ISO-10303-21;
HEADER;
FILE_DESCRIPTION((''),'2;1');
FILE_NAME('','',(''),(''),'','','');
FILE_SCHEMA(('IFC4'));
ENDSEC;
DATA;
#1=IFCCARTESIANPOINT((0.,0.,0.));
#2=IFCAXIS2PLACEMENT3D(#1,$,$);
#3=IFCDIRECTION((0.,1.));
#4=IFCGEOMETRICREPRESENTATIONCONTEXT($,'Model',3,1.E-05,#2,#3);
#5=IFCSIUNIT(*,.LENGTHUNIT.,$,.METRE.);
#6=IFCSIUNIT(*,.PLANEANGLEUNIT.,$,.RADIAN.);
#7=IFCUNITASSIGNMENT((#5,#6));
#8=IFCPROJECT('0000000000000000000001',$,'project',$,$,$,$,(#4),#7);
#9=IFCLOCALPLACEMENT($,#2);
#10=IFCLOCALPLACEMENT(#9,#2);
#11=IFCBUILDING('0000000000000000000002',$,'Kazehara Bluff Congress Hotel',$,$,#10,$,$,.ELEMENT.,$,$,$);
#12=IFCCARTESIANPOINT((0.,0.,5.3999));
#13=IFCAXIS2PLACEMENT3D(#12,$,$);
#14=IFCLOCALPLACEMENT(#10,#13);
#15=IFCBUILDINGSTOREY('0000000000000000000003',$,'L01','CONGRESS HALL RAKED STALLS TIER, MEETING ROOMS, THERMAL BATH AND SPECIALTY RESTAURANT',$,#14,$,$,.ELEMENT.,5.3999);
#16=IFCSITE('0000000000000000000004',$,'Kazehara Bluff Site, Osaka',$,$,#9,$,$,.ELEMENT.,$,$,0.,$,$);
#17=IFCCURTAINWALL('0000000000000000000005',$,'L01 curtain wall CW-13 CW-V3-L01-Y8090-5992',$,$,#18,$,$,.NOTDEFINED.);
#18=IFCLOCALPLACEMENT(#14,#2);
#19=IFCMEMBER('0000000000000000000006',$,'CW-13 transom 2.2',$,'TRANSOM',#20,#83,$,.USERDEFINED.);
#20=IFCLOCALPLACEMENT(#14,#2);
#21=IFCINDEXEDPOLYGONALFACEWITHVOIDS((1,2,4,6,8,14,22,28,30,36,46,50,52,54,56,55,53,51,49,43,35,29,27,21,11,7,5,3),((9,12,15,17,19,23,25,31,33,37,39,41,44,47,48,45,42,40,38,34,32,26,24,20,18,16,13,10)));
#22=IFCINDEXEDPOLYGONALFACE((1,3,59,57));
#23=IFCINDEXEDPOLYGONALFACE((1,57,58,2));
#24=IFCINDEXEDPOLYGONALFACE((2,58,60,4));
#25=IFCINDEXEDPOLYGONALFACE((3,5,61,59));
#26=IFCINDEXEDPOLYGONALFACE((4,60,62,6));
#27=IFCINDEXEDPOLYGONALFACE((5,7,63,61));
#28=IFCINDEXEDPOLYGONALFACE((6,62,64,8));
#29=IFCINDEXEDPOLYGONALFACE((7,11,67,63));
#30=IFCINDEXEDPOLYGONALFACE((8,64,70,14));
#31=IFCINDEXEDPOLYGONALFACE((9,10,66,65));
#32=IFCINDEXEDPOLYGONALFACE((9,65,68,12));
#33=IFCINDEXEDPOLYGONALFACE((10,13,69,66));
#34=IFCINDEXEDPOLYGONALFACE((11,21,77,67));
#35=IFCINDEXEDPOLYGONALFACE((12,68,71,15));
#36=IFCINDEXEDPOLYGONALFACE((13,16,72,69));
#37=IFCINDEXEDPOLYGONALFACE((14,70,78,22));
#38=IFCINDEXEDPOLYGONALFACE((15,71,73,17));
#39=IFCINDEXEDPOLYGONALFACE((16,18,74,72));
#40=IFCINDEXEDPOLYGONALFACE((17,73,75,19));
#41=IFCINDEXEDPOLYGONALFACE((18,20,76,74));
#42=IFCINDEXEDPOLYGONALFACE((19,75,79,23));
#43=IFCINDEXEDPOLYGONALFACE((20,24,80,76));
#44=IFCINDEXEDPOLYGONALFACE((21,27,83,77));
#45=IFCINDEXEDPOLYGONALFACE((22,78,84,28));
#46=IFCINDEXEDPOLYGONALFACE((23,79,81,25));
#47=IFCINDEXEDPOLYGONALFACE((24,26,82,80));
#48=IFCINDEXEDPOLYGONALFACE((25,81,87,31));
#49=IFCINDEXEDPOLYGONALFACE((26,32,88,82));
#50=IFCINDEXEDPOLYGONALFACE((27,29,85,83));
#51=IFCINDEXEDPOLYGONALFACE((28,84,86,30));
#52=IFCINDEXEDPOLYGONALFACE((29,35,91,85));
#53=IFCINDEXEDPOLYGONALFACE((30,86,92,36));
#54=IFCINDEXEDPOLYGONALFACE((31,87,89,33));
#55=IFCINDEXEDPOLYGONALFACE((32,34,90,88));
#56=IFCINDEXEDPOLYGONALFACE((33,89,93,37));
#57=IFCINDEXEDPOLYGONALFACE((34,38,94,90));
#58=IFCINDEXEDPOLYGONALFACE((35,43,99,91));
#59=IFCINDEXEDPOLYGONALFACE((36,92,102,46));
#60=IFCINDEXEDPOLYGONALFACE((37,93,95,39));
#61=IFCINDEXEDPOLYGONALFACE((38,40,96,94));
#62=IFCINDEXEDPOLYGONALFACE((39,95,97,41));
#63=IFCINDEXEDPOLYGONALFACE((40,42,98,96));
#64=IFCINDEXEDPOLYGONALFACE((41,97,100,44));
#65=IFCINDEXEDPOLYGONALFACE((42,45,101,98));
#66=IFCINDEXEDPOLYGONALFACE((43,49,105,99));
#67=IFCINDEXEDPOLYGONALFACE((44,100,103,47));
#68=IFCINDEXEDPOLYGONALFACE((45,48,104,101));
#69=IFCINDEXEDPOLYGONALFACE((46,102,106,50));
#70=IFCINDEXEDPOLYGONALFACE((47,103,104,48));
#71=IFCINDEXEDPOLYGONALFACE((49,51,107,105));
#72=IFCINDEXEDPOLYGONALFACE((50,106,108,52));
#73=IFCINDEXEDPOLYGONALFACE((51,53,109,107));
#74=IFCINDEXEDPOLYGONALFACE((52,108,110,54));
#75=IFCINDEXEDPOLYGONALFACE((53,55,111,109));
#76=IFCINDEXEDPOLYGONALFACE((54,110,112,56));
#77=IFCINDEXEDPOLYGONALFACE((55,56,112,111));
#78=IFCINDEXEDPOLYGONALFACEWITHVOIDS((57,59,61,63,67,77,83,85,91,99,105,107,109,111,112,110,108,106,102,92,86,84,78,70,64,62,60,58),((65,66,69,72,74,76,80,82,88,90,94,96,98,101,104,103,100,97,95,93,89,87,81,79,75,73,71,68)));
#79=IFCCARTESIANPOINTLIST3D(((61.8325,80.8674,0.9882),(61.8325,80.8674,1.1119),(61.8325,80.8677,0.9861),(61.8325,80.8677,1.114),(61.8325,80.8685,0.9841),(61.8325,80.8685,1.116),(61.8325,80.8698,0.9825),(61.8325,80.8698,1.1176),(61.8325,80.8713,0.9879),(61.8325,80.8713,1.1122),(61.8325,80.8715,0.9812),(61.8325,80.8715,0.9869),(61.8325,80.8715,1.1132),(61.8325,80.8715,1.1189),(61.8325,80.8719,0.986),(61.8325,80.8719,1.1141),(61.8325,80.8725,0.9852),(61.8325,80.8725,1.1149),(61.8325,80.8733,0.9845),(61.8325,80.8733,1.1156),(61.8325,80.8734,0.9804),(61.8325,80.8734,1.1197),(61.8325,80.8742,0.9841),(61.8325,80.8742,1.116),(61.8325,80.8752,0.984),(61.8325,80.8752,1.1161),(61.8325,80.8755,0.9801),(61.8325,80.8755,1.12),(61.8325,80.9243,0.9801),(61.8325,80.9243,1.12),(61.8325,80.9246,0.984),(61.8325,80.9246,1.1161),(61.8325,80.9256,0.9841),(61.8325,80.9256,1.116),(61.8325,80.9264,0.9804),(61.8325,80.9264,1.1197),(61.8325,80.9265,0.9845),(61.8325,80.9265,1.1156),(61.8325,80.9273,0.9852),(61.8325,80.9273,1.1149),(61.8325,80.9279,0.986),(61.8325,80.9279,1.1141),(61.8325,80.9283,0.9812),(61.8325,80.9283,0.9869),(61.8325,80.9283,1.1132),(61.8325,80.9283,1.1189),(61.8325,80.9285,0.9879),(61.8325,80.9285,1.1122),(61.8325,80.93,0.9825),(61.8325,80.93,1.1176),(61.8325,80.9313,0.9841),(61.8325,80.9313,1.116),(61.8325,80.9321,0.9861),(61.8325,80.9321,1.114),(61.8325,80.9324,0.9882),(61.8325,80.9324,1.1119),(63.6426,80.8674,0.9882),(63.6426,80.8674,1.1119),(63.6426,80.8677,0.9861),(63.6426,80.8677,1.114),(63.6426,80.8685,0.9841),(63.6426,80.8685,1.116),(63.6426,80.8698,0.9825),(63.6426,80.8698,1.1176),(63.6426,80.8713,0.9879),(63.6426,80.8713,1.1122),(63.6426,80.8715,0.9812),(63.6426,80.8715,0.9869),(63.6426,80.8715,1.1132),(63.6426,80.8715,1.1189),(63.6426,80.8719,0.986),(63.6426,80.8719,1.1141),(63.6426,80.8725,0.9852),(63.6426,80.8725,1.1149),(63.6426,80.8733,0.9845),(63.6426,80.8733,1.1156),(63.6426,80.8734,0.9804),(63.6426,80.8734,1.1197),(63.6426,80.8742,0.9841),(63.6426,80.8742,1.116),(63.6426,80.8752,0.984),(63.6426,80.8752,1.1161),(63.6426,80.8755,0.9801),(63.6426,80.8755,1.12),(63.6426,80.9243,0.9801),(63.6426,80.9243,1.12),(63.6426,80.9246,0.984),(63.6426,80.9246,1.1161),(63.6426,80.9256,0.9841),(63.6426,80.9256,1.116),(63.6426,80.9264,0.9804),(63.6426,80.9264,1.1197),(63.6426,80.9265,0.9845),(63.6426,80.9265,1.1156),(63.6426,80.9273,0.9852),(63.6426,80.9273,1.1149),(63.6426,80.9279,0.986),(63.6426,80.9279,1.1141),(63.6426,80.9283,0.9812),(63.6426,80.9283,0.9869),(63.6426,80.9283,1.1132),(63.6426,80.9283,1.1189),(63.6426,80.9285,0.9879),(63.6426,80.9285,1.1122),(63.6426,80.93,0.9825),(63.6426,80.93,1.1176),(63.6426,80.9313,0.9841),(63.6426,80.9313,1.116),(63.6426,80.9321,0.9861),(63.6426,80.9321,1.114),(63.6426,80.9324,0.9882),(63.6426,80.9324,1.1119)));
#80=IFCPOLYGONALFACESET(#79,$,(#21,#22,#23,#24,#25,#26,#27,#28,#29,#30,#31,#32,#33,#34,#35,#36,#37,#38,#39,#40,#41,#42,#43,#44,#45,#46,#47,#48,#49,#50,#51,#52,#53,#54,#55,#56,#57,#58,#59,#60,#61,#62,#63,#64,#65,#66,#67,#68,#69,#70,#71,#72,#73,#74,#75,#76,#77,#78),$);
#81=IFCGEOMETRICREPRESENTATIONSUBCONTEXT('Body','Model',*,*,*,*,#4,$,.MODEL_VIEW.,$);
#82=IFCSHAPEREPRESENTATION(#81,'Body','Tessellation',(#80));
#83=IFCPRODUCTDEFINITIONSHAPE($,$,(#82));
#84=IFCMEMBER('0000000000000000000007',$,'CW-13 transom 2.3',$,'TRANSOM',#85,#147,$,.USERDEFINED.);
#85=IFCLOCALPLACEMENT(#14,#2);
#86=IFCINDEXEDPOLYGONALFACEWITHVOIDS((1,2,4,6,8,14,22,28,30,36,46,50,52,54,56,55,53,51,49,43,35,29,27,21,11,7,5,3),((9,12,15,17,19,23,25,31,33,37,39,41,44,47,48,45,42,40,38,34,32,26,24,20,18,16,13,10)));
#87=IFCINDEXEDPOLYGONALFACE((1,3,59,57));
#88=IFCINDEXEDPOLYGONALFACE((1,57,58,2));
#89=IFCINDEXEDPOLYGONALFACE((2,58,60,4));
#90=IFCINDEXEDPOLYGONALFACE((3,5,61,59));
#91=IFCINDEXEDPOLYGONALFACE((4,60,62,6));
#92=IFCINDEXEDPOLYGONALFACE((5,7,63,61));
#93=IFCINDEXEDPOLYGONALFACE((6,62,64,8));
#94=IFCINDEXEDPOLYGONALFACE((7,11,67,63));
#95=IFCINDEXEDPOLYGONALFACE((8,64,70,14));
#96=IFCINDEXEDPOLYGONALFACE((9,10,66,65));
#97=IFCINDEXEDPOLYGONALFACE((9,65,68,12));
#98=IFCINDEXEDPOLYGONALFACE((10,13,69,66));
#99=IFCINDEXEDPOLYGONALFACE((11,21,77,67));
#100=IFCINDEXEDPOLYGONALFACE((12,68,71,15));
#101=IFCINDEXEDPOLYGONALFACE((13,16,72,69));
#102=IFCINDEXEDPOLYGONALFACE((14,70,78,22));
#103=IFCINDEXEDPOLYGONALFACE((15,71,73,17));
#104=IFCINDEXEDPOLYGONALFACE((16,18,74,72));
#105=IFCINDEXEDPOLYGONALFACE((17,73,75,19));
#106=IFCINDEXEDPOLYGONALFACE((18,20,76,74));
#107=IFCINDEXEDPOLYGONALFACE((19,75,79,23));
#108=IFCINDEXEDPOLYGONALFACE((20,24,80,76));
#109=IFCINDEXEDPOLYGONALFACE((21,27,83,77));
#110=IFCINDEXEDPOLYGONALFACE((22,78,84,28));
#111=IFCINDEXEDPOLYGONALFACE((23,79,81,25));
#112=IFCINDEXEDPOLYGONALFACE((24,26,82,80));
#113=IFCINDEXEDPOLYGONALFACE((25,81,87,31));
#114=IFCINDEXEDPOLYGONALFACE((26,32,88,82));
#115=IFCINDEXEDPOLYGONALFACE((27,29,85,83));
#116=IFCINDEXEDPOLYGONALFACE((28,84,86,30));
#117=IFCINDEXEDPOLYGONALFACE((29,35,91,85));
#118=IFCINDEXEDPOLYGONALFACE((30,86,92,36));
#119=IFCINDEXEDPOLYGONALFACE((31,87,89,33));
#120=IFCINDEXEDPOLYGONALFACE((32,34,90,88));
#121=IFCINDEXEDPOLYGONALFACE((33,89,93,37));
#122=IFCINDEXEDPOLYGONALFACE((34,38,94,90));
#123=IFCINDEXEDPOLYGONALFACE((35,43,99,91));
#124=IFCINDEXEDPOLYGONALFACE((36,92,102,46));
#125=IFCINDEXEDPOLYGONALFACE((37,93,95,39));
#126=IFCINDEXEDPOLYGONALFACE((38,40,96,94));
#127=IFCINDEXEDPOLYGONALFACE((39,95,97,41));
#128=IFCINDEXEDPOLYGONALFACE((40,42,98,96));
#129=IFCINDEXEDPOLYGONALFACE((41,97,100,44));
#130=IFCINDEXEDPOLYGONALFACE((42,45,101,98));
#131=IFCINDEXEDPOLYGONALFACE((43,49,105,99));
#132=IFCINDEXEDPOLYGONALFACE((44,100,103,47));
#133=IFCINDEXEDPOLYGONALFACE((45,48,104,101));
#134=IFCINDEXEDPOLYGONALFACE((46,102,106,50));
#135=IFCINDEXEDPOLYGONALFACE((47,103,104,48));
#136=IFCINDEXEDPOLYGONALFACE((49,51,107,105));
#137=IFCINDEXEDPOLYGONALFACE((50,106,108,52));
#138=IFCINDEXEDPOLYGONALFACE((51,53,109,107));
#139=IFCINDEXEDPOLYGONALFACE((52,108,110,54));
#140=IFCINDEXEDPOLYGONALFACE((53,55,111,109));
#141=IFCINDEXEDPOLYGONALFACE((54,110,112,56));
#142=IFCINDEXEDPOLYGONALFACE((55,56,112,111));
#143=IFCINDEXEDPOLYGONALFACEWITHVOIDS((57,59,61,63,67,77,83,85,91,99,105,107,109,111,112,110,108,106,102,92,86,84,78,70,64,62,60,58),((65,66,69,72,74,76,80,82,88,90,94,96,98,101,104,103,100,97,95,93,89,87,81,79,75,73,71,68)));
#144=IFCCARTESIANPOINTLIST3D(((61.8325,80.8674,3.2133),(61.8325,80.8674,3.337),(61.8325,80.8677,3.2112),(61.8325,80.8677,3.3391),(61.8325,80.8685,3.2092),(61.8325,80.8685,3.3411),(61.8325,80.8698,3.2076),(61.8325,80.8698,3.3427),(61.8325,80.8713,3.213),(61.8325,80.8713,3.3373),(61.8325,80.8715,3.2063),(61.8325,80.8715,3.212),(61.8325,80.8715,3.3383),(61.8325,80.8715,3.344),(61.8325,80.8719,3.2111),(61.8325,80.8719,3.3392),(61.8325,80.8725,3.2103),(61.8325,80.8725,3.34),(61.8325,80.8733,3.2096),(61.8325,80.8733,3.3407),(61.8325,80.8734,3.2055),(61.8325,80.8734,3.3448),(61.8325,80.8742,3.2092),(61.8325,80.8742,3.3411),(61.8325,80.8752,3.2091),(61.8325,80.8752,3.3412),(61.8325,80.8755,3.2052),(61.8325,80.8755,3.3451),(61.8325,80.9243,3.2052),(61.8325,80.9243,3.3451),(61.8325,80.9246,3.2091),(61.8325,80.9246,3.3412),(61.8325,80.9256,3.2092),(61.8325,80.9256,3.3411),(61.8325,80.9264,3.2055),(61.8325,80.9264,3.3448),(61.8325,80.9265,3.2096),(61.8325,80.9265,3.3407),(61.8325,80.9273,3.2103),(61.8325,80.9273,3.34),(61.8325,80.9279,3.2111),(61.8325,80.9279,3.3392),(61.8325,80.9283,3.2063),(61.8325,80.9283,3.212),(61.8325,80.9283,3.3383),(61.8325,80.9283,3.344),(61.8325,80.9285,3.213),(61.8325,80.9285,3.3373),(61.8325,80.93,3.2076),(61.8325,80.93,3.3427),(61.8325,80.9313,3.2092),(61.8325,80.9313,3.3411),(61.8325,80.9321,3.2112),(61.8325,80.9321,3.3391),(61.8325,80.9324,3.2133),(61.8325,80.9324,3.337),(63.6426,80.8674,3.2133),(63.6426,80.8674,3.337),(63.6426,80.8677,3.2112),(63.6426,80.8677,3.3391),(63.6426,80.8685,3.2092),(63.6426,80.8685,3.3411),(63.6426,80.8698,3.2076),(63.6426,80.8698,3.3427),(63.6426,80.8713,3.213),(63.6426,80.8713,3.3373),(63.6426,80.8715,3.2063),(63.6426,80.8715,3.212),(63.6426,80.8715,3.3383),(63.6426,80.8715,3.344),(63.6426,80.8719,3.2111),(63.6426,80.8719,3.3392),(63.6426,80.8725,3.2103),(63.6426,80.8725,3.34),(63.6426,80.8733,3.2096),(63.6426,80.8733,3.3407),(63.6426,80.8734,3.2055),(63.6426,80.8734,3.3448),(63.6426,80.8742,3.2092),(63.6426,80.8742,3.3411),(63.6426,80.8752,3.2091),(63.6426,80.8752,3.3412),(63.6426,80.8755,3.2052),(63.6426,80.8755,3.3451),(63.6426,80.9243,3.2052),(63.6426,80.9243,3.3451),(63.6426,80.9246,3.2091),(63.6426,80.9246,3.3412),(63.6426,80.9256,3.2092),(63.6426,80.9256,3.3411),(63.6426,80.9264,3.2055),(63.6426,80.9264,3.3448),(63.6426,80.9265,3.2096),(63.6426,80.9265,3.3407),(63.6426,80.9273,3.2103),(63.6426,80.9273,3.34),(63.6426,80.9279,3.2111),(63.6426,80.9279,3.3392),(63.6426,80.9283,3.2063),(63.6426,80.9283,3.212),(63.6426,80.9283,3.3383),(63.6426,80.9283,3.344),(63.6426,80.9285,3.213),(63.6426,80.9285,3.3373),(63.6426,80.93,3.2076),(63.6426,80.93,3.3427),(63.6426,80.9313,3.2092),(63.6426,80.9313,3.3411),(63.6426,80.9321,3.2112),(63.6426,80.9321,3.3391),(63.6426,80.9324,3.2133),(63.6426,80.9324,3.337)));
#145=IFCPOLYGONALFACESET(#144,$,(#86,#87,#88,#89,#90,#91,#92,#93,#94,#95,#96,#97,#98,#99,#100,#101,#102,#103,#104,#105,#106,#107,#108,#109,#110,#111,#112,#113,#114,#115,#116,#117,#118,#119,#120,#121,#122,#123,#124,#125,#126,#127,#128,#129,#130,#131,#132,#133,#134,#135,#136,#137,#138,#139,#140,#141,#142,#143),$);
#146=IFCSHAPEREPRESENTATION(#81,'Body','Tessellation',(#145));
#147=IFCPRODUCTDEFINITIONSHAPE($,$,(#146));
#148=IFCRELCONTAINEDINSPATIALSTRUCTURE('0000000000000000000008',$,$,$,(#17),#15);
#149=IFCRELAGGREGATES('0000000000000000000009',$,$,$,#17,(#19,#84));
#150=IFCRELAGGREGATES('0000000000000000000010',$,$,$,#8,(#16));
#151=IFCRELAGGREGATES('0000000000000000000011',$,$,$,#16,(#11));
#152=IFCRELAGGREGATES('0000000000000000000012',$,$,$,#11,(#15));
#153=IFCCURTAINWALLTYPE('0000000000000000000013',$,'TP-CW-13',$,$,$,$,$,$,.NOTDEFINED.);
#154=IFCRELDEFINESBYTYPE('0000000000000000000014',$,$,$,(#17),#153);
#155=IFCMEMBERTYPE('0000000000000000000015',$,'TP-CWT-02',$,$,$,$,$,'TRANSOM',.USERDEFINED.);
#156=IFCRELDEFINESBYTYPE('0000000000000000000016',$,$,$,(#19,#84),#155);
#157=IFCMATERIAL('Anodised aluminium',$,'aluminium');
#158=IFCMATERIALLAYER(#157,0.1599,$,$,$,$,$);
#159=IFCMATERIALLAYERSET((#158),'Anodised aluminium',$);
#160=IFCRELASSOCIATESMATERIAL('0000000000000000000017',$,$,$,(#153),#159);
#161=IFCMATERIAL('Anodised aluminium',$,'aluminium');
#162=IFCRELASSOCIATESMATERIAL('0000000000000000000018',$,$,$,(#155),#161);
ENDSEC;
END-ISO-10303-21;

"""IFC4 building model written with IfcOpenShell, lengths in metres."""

from ifc_helpers import new_model, si_unit, direction, frame, origin, origin_2d, place, context, subcontext, project, spatial, hollow_rectangle, extrude, material, layer, layer_set, material_profile, profile_set, type_object, element, aggregate, save


model = new_model("IFC4")

# Units and contexts
model_context = context("Model", 3, precision=1e-05, world=origin(), true_north=direction((0.0, 1.0)))
body_context = subcontext(model_context, "Body", "Model", "MODEL_VIEW")
ifc_project = project(units=[si_unit("LENGTHUNIT", "METRE"), si_unit("PLANEANGLEUNIT", "RADIAN")], contexts=[model_context])

# Site, building, storey
site_placement = place(None, origin())
site = spatial("IfcSite", under=ifc_project, at=site_placement, Name="Kazehara Bluff Site, Osaka", CompositionType="ELEMENT", RefElevation=0.0)
building_placement = place(site_placement, origin())
building = spatial("IfcBuilding", under=site, at=building_placement, Name="Kazehara Bluff Congress Hotel", CompositionType="ELEMENT")
storey_placement = place(building_placement, frame((0.0, 0.0, 5.3999)))
storey = spatial("IfcBuildingStorey", under=building, at=storey_placement, Name="L01", Description="CONGRESS HALL RAKED STALLS TIER, MEETING ROOMS, THERMAL BATH AND SPECIALTY RESTAURANT", CompositionType="ELEMENT", Elevation=5.3999)

# Curtain wall
ifc_material_1 = material(Name="Anodised aluminium", Category="aluminium")
ifc_layer_1 = layer(ifc_material_1, 0.1599)
ifc_layer_set_1 = layer_set([ifc_layer_1], Name="Anodised aluminium")
curtain_wall_type_1 = type_object("IfcCurtainWallType", Name="TP-CW-13", PredefinedType="NOTDEFINED", material=ifc_layer_set_1)
curtain_wall_1_placement = place(storey_placement, origin())
curtain_wall_1 = element("IfcCurtainWall", 1, at=curtain_wall_1_placement, inside=storey, type_object=curtain_wall_type_1, Name="L01 curtain wall CW-13 CW-V3-L01-Y8090-5992", PredefinedType="NOTDEFINED")
ifc_material_2 = material(Name="Anodised aluminium", Category="aluminium")
ifc_material_profile_1 = material_profile(ifc_material_2, hollow_rectangle(XDim=0.0649, YDim=0.1399, WallThickness=0.0039, InnerFilletRadius=0.0039, OuterFilletRadius=0.0081, at=origin_2d()))
ifc_profile_set_1 = profile_set([ifc_material_profile_1], Name="Anodised aluminium")
member_type_1 = type_object("IfcMemberType", Name="TP-CWT-02", ElementType="TRANSOM", PredefinedType="USERDEFINED", material=ifc_profile_set_1)

# Members
member_1_placement = place(storey_placement, frame((61.8325, 80.8999, 1.05), z_axis=(1.0, 0.0, 0.0), x_axis=(0.0, 1.0, 0.0)))
member_1 = element("IfcMember", 2, at=member_1_placement, type_object=member_type_1, Name="CW-13 transom 2.2", ObjectType="TRANSOM", PredefinedType="USERDEFINED", context=body_context, shape_type="SweptSolid", body=[
    extrude(hollow_rectangle(XDim=0.0649, YDim=0.1399, WallThickness=0.0039, InnerFilletRadius=0.0039, OuterFilletRadius=0.0081, at=origin_2d()), origin(), (0.0, 0.0, 1.0), 1.8101),
])
member_2_placement = place(storey_placement, frame((61.8325, 80.8999, 3.2751), z_axis=(1.0, 0.0, 0.0), x_axis=(0.0, 1.0, 0.0)))
member_2 = element("IfcMember", 3, at=member_2_placement, type_object=member_type_1, Name="CW-13 transom 2.3", ObjectType="TRANSOM", PredefinedType="USERDEFINED", context=body_context, shape_type="SweptSolid", body=[
    extrude(hollow_rectangle(XDim=0.0649, YDim=0.1399, WallThickness=0.0039, InnerFilletRadius=0.0039, OuterFilletRadius=0.0081, at=origin_2d()), origin(), (0.0, 0.0, 1.0), 1.8101),
])

aggregate(curtain_wall_1, [member_1, member_2])

save(model, "model.ifc")
